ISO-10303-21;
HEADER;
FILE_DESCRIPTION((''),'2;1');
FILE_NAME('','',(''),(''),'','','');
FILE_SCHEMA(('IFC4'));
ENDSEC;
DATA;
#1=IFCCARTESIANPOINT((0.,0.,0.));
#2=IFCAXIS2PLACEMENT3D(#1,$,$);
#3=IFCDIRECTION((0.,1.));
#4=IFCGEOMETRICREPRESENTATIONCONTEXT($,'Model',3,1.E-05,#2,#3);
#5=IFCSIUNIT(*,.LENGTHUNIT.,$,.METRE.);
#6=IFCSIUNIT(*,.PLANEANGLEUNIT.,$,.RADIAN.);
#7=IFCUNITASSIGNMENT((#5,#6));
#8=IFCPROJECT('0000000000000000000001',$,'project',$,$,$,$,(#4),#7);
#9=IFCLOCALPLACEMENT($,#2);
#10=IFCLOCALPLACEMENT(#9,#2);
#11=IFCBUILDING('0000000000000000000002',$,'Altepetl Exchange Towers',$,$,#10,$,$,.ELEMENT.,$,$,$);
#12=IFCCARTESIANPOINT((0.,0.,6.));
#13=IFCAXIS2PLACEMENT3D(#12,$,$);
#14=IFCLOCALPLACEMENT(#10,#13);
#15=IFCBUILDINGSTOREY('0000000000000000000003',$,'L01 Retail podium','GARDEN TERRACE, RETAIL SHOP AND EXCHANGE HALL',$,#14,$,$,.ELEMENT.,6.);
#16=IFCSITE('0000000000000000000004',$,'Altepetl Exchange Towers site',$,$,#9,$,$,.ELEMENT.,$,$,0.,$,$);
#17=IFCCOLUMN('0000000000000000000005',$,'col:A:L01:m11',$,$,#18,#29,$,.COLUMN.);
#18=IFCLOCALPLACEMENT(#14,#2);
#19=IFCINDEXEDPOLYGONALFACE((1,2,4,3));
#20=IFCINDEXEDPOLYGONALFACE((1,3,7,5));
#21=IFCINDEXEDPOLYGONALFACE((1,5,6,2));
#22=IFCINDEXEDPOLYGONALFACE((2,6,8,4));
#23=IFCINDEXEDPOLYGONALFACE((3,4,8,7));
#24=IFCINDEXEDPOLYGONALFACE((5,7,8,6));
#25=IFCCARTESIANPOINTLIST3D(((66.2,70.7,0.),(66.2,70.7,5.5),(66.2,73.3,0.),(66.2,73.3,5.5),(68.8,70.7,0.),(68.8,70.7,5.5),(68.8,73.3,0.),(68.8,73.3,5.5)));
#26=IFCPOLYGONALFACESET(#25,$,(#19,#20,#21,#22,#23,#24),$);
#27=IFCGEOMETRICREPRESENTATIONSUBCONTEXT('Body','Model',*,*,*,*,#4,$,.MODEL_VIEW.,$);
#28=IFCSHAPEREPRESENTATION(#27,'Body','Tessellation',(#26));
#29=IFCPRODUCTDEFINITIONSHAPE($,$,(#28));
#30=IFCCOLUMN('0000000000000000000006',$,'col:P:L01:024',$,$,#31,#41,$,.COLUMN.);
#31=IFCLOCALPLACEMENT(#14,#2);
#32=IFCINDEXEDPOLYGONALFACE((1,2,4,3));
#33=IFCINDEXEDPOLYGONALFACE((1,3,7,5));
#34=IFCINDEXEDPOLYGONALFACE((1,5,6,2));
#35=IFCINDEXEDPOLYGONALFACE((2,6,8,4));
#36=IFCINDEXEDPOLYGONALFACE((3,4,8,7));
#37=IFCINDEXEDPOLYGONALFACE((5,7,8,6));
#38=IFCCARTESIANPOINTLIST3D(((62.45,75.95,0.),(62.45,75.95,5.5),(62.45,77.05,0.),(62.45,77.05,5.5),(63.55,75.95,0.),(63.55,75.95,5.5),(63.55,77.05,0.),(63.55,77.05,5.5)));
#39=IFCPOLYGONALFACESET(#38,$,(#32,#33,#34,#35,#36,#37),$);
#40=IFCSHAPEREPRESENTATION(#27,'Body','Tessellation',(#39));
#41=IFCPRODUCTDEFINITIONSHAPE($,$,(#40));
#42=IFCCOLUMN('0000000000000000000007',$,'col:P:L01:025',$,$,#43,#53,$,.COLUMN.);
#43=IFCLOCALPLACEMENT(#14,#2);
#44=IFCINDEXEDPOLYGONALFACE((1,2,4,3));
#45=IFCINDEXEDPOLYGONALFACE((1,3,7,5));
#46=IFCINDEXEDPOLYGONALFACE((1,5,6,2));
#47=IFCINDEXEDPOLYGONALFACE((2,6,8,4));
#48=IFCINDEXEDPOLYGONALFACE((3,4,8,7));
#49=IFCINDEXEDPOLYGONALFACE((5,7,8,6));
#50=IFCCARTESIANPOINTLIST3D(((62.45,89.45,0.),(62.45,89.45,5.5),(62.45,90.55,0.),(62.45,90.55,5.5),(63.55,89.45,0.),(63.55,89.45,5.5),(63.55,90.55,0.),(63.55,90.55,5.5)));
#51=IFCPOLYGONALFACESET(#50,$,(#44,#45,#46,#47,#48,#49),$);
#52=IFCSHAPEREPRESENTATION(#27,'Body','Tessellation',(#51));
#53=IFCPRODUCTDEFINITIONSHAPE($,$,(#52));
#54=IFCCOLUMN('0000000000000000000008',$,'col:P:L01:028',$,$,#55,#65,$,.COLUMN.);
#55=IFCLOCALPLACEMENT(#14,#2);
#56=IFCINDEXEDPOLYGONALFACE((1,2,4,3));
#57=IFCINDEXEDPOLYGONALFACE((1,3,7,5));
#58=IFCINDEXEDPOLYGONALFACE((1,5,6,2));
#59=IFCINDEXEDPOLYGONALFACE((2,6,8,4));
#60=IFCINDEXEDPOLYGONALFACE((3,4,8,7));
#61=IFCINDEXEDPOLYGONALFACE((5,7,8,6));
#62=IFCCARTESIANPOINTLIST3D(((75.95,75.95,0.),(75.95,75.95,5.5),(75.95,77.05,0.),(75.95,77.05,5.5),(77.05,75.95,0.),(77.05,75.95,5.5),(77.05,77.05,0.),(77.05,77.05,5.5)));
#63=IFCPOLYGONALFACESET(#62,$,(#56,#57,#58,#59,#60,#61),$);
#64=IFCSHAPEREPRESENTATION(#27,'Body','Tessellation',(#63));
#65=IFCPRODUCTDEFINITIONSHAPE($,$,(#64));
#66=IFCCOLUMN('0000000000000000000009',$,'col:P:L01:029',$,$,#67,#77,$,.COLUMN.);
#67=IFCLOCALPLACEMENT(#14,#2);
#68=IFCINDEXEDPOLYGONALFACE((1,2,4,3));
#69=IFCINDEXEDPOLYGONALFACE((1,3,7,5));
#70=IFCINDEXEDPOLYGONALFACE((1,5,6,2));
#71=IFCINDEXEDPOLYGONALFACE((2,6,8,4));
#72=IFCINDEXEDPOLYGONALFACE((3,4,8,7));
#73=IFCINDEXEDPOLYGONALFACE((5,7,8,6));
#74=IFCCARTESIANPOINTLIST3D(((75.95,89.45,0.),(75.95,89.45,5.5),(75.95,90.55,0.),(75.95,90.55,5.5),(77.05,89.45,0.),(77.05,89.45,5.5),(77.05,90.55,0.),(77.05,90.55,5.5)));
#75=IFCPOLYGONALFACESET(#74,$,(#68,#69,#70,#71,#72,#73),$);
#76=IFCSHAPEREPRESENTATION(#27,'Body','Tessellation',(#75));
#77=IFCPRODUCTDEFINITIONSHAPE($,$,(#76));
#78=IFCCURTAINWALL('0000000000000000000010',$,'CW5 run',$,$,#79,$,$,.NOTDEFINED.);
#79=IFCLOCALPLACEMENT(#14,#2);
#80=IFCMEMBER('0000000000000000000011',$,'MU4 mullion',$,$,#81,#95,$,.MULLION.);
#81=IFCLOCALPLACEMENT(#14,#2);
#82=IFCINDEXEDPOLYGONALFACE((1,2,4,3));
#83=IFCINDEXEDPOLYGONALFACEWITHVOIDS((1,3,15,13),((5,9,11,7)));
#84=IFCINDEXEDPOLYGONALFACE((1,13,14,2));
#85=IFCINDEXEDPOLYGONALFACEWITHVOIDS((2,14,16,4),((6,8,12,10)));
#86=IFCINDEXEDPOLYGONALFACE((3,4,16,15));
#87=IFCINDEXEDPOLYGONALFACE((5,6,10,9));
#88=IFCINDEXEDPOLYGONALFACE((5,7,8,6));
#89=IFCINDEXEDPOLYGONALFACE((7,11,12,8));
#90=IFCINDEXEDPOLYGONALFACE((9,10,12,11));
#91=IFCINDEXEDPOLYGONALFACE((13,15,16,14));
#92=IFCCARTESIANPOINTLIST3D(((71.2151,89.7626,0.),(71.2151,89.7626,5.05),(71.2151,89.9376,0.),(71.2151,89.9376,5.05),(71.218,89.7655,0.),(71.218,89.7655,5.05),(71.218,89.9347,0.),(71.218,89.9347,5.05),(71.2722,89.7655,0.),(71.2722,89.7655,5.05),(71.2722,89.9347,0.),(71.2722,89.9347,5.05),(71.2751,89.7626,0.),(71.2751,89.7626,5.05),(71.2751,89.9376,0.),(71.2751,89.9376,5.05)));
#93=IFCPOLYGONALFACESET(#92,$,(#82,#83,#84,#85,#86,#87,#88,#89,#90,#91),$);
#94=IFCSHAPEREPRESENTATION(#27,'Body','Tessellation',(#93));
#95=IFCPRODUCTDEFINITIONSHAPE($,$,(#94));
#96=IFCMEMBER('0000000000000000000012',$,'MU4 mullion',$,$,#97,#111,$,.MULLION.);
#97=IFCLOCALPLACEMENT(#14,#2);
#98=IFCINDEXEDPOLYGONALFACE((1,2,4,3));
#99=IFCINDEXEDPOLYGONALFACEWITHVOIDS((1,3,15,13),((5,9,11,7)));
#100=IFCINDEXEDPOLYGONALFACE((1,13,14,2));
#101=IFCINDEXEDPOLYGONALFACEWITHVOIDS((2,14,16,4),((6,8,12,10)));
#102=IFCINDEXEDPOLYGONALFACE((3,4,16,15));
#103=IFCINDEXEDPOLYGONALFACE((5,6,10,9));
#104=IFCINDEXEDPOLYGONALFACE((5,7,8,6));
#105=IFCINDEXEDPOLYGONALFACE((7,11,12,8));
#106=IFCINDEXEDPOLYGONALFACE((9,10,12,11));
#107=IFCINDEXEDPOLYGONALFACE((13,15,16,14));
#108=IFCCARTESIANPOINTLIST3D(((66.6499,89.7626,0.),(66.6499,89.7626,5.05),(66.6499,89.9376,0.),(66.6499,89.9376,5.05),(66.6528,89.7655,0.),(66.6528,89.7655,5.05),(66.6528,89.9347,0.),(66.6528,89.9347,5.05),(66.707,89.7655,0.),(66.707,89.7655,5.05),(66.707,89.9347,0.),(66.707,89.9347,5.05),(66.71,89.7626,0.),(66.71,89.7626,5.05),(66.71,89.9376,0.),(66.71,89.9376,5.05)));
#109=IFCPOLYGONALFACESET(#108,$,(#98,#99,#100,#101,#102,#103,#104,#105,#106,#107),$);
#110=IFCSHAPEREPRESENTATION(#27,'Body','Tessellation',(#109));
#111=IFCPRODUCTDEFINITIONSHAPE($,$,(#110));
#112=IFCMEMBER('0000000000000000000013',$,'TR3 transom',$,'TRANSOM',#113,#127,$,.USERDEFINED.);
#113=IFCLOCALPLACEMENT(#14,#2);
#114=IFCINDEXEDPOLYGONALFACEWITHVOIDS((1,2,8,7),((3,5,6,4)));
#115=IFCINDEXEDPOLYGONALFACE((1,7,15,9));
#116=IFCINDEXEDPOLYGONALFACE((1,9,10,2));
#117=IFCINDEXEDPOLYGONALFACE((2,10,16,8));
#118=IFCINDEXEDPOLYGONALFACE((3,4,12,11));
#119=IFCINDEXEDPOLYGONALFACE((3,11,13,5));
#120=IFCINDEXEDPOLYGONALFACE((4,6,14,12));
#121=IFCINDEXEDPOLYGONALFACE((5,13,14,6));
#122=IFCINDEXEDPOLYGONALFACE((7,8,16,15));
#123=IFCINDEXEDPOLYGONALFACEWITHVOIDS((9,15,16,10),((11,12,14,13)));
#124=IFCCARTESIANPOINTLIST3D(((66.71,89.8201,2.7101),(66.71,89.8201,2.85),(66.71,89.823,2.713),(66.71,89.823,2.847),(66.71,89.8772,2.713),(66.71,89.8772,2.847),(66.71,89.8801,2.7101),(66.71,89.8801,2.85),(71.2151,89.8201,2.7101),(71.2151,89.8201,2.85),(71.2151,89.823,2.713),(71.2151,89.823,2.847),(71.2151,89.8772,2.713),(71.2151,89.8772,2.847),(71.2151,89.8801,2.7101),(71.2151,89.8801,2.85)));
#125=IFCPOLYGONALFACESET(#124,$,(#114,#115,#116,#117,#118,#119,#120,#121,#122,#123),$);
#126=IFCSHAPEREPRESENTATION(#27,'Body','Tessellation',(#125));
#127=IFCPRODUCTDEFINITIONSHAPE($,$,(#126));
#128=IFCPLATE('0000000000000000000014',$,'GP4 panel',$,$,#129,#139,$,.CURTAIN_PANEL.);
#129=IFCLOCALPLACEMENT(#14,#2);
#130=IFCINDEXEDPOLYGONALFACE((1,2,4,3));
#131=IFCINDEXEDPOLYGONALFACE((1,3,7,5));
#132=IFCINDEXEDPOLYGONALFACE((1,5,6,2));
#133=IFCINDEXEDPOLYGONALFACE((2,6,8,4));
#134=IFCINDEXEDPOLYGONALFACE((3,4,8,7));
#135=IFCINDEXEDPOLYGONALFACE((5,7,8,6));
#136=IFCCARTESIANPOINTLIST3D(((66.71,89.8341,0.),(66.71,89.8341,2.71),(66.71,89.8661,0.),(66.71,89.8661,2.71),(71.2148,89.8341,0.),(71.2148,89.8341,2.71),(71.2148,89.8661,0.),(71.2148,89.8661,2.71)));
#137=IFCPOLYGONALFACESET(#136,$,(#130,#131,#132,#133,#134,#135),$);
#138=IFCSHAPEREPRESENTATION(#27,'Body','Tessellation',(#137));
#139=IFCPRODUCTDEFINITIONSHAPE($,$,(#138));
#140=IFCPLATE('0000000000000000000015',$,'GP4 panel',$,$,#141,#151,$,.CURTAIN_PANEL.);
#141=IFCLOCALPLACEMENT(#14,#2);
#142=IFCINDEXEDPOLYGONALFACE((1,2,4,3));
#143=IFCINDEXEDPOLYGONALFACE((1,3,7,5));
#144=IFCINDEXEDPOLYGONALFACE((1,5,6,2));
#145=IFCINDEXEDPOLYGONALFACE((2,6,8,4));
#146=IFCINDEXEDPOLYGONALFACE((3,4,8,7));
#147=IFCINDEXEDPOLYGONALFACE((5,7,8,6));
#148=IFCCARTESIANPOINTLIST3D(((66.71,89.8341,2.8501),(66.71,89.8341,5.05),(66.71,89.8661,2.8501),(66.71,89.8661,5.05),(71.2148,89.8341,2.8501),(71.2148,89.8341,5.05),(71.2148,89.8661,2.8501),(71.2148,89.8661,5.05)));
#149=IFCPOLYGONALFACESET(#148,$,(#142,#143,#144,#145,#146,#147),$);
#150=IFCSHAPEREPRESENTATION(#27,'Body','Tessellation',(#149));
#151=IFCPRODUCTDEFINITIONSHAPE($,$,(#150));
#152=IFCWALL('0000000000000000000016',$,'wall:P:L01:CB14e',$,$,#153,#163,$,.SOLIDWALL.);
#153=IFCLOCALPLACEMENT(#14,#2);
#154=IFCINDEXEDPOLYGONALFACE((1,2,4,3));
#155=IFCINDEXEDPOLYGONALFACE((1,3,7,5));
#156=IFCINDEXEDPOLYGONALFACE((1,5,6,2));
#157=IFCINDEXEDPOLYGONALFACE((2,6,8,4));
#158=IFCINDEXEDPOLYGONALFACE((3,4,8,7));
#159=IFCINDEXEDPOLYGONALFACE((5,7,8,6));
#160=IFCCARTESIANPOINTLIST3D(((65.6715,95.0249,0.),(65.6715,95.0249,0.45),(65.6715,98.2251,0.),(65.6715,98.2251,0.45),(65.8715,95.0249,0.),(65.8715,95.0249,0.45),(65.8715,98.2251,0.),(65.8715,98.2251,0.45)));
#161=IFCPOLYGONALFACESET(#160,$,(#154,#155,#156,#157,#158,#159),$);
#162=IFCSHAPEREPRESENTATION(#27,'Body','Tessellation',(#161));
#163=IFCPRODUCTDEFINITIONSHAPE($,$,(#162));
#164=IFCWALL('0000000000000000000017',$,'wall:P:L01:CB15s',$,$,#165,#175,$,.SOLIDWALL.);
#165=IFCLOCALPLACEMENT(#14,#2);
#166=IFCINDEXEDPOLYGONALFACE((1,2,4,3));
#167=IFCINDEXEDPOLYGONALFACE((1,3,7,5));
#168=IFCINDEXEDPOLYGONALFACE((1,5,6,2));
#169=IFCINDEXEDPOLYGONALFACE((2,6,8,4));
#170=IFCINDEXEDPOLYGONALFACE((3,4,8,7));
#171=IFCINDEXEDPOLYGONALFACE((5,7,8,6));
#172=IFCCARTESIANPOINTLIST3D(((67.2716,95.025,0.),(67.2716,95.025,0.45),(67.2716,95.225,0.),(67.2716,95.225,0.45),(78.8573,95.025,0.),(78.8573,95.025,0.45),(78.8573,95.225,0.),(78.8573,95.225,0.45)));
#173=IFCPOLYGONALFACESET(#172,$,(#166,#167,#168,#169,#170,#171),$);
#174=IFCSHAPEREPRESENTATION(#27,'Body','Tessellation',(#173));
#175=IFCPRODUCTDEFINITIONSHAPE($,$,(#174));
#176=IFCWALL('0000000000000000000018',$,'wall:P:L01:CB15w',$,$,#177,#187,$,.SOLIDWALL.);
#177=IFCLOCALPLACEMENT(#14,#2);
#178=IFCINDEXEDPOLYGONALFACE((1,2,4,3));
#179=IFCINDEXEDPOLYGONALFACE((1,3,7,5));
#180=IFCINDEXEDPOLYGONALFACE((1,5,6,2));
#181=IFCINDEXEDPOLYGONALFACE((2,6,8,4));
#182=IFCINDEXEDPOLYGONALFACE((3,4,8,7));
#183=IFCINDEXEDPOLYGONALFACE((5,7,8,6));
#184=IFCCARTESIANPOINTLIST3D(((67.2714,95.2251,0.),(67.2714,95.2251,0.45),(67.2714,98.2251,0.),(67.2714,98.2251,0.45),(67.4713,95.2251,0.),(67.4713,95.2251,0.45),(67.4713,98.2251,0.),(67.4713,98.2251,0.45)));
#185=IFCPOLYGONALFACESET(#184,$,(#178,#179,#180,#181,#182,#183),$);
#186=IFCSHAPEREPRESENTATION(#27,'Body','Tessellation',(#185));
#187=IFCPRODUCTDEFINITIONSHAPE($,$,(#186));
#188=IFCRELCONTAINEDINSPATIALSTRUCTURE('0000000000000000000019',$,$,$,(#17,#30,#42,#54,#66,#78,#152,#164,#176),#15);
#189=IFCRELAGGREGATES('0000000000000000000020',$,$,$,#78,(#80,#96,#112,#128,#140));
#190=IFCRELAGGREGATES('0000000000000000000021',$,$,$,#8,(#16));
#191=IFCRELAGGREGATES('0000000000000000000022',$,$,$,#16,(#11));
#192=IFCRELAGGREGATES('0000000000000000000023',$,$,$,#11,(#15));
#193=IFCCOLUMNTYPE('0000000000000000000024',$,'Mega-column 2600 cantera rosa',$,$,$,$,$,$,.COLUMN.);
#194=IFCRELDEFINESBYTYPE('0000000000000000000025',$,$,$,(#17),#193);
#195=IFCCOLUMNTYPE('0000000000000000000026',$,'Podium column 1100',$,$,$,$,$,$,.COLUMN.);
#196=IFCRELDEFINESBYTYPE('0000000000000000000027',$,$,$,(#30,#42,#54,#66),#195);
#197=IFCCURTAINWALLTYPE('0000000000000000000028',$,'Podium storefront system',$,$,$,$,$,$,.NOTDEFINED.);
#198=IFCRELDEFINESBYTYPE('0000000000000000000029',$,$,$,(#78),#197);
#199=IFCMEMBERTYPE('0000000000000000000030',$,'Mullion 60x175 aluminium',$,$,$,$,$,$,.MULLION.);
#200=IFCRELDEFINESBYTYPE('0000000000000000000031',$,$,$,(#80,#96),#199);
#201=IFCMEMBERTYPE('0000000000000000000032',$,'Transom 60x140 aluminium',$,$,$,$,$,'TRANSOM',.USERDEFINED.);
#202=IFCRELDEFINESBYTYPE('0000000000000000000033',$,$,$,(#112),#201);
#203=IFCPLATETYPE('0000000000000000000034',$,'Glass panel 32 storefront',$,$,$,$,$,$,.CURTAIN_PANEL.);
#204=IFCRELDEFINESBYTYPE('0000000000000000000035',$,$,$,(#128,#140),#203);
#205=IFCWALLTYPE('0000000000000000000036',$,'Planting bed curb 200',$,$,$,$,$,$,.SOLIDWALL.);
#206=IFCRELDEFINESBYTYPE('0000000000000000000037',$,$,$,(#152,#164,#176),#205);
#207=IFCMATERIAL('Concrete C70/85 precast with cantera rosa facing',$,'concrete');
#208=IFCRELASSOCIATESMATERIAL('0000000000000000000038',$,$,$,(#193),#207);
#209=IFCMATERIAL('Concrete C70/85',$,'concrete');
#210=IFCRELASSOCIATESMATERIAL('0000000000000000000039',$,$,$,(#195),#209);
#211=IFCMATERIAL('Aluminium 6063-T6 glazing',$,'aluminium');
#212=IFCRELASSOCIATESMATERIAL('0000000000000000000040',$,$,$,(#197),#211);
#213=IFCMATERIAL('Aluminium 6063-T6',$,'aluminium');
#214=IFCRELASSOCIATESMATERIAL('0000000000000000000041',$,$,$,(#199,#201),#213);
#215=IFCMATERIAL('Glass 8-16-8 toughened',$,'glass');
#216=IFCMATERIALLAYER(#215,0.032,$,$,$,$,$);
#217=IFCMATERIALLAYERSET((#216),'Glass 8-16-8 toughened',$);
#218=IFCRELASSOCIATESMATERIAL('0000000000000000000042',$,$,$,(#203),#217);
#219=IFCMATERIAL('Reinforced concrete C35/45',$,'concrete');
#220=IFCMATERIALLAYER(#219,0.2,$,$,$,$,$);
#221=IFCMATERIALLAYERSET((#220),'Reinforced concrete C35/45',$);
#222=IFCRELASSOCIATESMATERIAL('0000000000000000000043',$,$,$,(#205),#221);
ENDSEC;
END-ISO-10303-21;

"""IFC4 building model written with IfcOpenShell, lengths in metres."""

from ifc_helpers import new_model, si_unit, direction, frame, frame_2d, origin, origin_2d, place, context, subcontext, project, spatial, rectangle, hollow_rectangle, extrude, material, layer, layer_set, material_profile, profile_set, type_object, element, aggregate, save


model = new_model("IFC4")

# Units and contexts
model_context = context("Model", 3, precision=1e-05, world=origin(), true_north=direction((0.0, 1.0)))
body_context = subcontext(model_context, "Body", "Model", "MODEL_VIEW")
ifc_project = project(units=[si_unit("LENGTHUNIT", "METRE"), si_unit("PLANEANGLEUNIT", "RADIAN")], contexts=[model_context])

# Site, building, storey
site_placement = place(None, origin())
site = spatial("IfcSite", under=ifc_project, at=site_placement, Name="Altepetl Exchange Towers site", CompositionType="ELEMENT", RefElevation=0.0)
building_placement = place(site_placement, origin())
building = spatial("IfcBuilding", under=site, at=building_placement, Name="Altepetl Exchange Towers", CompositionType="ELEMENT")
storey_placement = place(building_placement, frame((0.0, 0.0, 6.0)))
storey = spatial("IfcBuildingStorey", under=building, at=storey_placement, Name="L01 Retail podium", Description="GARDEN TERRACE, RETAIL SHOP AND EXCHANGE HALL", CompositionType="ELEMENT", Elevation=6.0)

# Columns
ifc_material_1 = material(Name="Concrete C70/85 precast with cantera rosa facing", Category="concrete")
ifc_material_profile_1 = material_profile(ifc_material_1, rectangle(XDim=2.6001, YDim=2.6001, at=origin_2d()), Name="2600 x 2600")
ifc_profile_set_1 = profile_set([ifc_material_profile_1], Name="Concrete C70/85 precast with cantera rosa facing")
column_type_1 = type_object("IfcColumnType", Name="Mega-column 2600 cantera rosa", PredefinedType="COLUMN", material=ifc_profile_set_1)
column_placement = place(storey_placement, frame((67.5, 72.0, 0.0)))
element("IfcColumn", 1, at=column_placement, inside=storey, type_object=column_type_1, Name="col:A:L01:m11", PredefinedType="COLUMN", context=body_context, shape_type="SweptSolid", body=[
    extrude(rectangle(XDim=2.6001, YDim=2.6001, at=origin_2d()), origin(), (0.0, 0.0, 1.0), 5.5),
])
ifc_material_2 = material(Name="Concrete C70/85", Category="concrete")
ifc_material_profile_2 = material_profile(ifc_material_2, rectangle(XDim=1.1001, YDim=1.1001, at=origin_2d()), Name="1100 x 1100")
ifc_profile_set_2 = profile_set([ifc_material_profile_2], Name="Concrete C70/85")
column_type_2 = type_object("IfcColumnType", Name="Podium column 1100", PredefinedType="COLUMN", material=ifc_profile_set_2)
for number, where, name in (
    (2, (63.0, 76.5, 0.0), "col:P:L01:024"),
    (3, (63.0, 90.0, 0.0), "col:P:L01:025"),
    (4, (76.5, 76.5, 0.0), "col:P:L01:028"),
    (5, (76.5, 90.0, 0.0), "col:P:L01:029"),
):
    element("IfcColumn", number, at=place(storey_placement, frame(where)), inside=storey, type_object=column_type_2, Name=name, PredefinedType="COLUMN", context=body_context, shape_type="SweptSolid", body=[
        extrude(rectangle(XDim=1.1001, YDim=1.1001, at=origin_2d()), origin(), (0.0, 0.0, 1.0), 5.5),
    ])

# Curtain wall, members, plates
ifc_material_3 = material(Name="Aluminium 6063-T6 glazing", Category="aluminium")
curtain_wall_type = type_object("IfcCurtainWallType", Name="Podium storefront system", PredefinedType="NOTDEFINED", material=ifc_material_3)
curtain_wall_placement = place(storey_placement, origin())
curtain_wall = element("IfcCurtainWall", 6, at=curtain_wall_placement, inside=storey, type_object=curtain_wall_type, Name="CW5 run", PredefinedType="NOTDEFINED")
ifc_material_4 = material(Name="Aluminium 6063-T6", Category="aluminium")
ifc_material_profile_3 = material_profile(ifc_material_4, hollow_rectangle(XDim=0.0601, YDim=0.175, WallThickness=0.0029, at=origin_2d()), Name="Mullion 60x175 aluminium")
ifc_profile_set_3 = profile_set([ifc_material_profile_3], Name="Aluminium 6063-T6")
member_type_1 = type_object("IfcMemberType", Name="Mullion 60x175 aluminium", PredefinedType="MULLION", material=ifc_profile_set_3)
member_1_placement = place(storey_placement, frame((71.2451, 89.8501, 0.0), z_axis=(0.0, 0.0, 1.0), x_axis=(-1.0, 0.0, 0.0)))
member_1 = element("IfcMember", 7, at=member_1_placement, type_object=member_type_1, Name="MU4 mullion", PredefinedType="MULLION", context=body_context, shape_type="SweptSolid", body=[
    extrude(hollow_rectangle(XDim=0.0601, YDim=0.175, WallThickness=0.0029, at=origin_2d()), origin(), (0.0, 0.0, 1.0), 5.05),
])
member_2_placement = place(storey_placement, frame((66.6799, 89.8501, 0.0), z_axis=(0.0, 0.0, 1.0), x_axis=(-1.0, 0.0, 0.0)))
member_2 = element("IfcMember", 8, at=member_2_placement, type_object=member_type_1, Name="MU4 mullion", PredefinedType="MULLION", context=body_context, shape_type="SweptSolid", body=[
    extrude(hollow_rectangle(XDim=0.0601, YDim=0.175, WallThickness=0.0029, at=origin_2d()), origin(), (0.0, 0.0, 1.0), 5.05),
])
ifc_material_profile_4 = material_profile(ifc_material_4, hollow_rectangle(XDim=0.0601, YDim=0.1399, WallThickness=0.0029, at=origin_2d()), Name="Transom 60x140 aluminium")
ifc_profile_set_4 = profile_set([ifc_material_profile_4], Name="Aluminium 6063-T6")
member_type_2 = type_object("IfcMemberType", Name="Transom 60x140 aluminium", ElementType="TRANSOM", PredefinedType="USERDEFINED", material=ifc_profile_set_4)
member_3_placement = place(storey_placement, frame((71.2151, 89.8501, 2.78), z_axis=(-1.0, 0.0, 0.0), x_axis=(0.0, -1.0, 0.0)))
member_3 = element("IfcMember", 9, at=member_3_placement, type_object=member_type_2, Name="TR3 transom", ObjectType="TRANSOM", PredefinedType="USERDEFINED", context=body_context, shape_type="SweptSolid", body=[
    extrude(hollow_rectangle(XDim=0.0601, YDim=0.1399, WallThickness=0.0029, at=origin_2d()), origin(), (0.0, 0.0, 1.0), 4.5051),
])
ifc_material_5 = material(Name="Glass 8-16-8 toughened", Category="glass")
ifc_layer_1 = layer(ifc_material_5, 0.032)
ifc_layer_set_1 = layer_set([ifc_layer_1], Name="Glass 8-16-8 toughened")
plate_type = type_object("IfcPlateType", Name="Glass panel 32 storefront", PredefinedType="CURTAIN_PANEL", material=ifc_layer_set_1)
plate_1_placement = place(storey_placement, frame((68.9624, 89.8501, 0.0), z_axis=(0.0, 0.0, 1.0), x_axis=(-1.0, 0.0, 0.0)))
plate_1 = element("IfcPlate", 10, at=plate_1_placement, type_object=plate_type, Name="GP4 panel", PredefinedType="CURTAIN_PANEL", context=body_context, shape_type="SweptSolid", body=[
    extrude(rectangle(XDim=4.5049, YDim=0.032, at=origin_2d()), origin(), (0.0, 0.0, 1.0), 2.71),
])
plate_2_placement = place(storey_placement, frame((68.9624, 89.8501, 2.8501), z_axis=(0.0, 0.0, 1.0), x_axis=(-1.0, 0.0, 0.0)))
plate_2 = element("IfcPlate", 11, at=plate_2_placement, type_object=plate_type, Name="GP4 panel", PredefinedType="CURTAIN_PANEL", context=body_context, shape_type="SweptSolid", body=[
    extrude(rectangle(XDim=4.5049, YDim=0.032, at=origin_2d()), origin(), (0.0, 0.0, 1.0), 2.2),
])
aggregate(curtain_wall, [member_1, member_2, member_3, plate_1, plate_2])

# Walls
ifc_material_6 = material(Name="Reinforced concrete C35/45", Category="concrete")
ifc_layer_2 = layer(ifc_material_6, 0.2)
ifc_layer_set_2 = layer_set([ifc_layer_2], Name="Reinforced concrete C35/45")
wall_type_1 = type_object("IfcWallType", Name="Planting bed curb 200", PredefinedType="SOLIDWALL", material=ifc_layer_set_2)
wall_1_placement = place(storey_placement, frame((65.7715, 95.0249, 0.0), z_axis=(0.0, 0.0, 1.0), x_axis=(0.0, 1.0, 0.0)))
element("IfcWall", 12, at=wall_1_placement, inside=storey, type_object=wall_type_1, Name="wall:P:L01:CB14e", PredefinedType="SOLIDWALL", context=body_context, shape_type="SweptSolid", body=[
    extrude(rectangle(XDim=3.2002, YDim=0.2, at=frame_2d((1.6001, 0.0))), origin(), (0.0, 0.0, 1.0), 0.45),
])
wall_2_placement = place(storey_placement, frame((67.2715, 95.125, 0.0)))
element("IfcWall", 13, at=wall_2_placement, inside=storey, type_object=wall_type_1, Name="wall:P:L01:CB15s", PredefinedType="SOLIDWALL", context=body_context, shape_type="SweptSolid", body=[
    extrude(rectangle(XDim=11.5857, YDim=0.2, at=frame_2d((5.793, 0.0))), origin(), (0.0, 0.0, 1.0), 0.45),
])
wall_3_placement = place(storey_placement, frame((67.3713, 95.2251, 0.0), z_axis=(0.0, 0.0, 1.0), x_axis=(0.0, 1.0, 0.0)))
element("IfcWall", 14, at=wall_3_placement, inside=storey, type_object=wall_type_1, Name="wall:P:L01:CB15w", PredefinedType="SOLIDWALL", context=body_context, shape_type="SweptSolid", body=[
    extrude(rectangle(XDim=3.0, YDim=0.2, at=frame_2d((1.5, 0.0))), origin(), (0.0, 0.0, 1.0), 0.45),
])

save(model, "model.ifc")
